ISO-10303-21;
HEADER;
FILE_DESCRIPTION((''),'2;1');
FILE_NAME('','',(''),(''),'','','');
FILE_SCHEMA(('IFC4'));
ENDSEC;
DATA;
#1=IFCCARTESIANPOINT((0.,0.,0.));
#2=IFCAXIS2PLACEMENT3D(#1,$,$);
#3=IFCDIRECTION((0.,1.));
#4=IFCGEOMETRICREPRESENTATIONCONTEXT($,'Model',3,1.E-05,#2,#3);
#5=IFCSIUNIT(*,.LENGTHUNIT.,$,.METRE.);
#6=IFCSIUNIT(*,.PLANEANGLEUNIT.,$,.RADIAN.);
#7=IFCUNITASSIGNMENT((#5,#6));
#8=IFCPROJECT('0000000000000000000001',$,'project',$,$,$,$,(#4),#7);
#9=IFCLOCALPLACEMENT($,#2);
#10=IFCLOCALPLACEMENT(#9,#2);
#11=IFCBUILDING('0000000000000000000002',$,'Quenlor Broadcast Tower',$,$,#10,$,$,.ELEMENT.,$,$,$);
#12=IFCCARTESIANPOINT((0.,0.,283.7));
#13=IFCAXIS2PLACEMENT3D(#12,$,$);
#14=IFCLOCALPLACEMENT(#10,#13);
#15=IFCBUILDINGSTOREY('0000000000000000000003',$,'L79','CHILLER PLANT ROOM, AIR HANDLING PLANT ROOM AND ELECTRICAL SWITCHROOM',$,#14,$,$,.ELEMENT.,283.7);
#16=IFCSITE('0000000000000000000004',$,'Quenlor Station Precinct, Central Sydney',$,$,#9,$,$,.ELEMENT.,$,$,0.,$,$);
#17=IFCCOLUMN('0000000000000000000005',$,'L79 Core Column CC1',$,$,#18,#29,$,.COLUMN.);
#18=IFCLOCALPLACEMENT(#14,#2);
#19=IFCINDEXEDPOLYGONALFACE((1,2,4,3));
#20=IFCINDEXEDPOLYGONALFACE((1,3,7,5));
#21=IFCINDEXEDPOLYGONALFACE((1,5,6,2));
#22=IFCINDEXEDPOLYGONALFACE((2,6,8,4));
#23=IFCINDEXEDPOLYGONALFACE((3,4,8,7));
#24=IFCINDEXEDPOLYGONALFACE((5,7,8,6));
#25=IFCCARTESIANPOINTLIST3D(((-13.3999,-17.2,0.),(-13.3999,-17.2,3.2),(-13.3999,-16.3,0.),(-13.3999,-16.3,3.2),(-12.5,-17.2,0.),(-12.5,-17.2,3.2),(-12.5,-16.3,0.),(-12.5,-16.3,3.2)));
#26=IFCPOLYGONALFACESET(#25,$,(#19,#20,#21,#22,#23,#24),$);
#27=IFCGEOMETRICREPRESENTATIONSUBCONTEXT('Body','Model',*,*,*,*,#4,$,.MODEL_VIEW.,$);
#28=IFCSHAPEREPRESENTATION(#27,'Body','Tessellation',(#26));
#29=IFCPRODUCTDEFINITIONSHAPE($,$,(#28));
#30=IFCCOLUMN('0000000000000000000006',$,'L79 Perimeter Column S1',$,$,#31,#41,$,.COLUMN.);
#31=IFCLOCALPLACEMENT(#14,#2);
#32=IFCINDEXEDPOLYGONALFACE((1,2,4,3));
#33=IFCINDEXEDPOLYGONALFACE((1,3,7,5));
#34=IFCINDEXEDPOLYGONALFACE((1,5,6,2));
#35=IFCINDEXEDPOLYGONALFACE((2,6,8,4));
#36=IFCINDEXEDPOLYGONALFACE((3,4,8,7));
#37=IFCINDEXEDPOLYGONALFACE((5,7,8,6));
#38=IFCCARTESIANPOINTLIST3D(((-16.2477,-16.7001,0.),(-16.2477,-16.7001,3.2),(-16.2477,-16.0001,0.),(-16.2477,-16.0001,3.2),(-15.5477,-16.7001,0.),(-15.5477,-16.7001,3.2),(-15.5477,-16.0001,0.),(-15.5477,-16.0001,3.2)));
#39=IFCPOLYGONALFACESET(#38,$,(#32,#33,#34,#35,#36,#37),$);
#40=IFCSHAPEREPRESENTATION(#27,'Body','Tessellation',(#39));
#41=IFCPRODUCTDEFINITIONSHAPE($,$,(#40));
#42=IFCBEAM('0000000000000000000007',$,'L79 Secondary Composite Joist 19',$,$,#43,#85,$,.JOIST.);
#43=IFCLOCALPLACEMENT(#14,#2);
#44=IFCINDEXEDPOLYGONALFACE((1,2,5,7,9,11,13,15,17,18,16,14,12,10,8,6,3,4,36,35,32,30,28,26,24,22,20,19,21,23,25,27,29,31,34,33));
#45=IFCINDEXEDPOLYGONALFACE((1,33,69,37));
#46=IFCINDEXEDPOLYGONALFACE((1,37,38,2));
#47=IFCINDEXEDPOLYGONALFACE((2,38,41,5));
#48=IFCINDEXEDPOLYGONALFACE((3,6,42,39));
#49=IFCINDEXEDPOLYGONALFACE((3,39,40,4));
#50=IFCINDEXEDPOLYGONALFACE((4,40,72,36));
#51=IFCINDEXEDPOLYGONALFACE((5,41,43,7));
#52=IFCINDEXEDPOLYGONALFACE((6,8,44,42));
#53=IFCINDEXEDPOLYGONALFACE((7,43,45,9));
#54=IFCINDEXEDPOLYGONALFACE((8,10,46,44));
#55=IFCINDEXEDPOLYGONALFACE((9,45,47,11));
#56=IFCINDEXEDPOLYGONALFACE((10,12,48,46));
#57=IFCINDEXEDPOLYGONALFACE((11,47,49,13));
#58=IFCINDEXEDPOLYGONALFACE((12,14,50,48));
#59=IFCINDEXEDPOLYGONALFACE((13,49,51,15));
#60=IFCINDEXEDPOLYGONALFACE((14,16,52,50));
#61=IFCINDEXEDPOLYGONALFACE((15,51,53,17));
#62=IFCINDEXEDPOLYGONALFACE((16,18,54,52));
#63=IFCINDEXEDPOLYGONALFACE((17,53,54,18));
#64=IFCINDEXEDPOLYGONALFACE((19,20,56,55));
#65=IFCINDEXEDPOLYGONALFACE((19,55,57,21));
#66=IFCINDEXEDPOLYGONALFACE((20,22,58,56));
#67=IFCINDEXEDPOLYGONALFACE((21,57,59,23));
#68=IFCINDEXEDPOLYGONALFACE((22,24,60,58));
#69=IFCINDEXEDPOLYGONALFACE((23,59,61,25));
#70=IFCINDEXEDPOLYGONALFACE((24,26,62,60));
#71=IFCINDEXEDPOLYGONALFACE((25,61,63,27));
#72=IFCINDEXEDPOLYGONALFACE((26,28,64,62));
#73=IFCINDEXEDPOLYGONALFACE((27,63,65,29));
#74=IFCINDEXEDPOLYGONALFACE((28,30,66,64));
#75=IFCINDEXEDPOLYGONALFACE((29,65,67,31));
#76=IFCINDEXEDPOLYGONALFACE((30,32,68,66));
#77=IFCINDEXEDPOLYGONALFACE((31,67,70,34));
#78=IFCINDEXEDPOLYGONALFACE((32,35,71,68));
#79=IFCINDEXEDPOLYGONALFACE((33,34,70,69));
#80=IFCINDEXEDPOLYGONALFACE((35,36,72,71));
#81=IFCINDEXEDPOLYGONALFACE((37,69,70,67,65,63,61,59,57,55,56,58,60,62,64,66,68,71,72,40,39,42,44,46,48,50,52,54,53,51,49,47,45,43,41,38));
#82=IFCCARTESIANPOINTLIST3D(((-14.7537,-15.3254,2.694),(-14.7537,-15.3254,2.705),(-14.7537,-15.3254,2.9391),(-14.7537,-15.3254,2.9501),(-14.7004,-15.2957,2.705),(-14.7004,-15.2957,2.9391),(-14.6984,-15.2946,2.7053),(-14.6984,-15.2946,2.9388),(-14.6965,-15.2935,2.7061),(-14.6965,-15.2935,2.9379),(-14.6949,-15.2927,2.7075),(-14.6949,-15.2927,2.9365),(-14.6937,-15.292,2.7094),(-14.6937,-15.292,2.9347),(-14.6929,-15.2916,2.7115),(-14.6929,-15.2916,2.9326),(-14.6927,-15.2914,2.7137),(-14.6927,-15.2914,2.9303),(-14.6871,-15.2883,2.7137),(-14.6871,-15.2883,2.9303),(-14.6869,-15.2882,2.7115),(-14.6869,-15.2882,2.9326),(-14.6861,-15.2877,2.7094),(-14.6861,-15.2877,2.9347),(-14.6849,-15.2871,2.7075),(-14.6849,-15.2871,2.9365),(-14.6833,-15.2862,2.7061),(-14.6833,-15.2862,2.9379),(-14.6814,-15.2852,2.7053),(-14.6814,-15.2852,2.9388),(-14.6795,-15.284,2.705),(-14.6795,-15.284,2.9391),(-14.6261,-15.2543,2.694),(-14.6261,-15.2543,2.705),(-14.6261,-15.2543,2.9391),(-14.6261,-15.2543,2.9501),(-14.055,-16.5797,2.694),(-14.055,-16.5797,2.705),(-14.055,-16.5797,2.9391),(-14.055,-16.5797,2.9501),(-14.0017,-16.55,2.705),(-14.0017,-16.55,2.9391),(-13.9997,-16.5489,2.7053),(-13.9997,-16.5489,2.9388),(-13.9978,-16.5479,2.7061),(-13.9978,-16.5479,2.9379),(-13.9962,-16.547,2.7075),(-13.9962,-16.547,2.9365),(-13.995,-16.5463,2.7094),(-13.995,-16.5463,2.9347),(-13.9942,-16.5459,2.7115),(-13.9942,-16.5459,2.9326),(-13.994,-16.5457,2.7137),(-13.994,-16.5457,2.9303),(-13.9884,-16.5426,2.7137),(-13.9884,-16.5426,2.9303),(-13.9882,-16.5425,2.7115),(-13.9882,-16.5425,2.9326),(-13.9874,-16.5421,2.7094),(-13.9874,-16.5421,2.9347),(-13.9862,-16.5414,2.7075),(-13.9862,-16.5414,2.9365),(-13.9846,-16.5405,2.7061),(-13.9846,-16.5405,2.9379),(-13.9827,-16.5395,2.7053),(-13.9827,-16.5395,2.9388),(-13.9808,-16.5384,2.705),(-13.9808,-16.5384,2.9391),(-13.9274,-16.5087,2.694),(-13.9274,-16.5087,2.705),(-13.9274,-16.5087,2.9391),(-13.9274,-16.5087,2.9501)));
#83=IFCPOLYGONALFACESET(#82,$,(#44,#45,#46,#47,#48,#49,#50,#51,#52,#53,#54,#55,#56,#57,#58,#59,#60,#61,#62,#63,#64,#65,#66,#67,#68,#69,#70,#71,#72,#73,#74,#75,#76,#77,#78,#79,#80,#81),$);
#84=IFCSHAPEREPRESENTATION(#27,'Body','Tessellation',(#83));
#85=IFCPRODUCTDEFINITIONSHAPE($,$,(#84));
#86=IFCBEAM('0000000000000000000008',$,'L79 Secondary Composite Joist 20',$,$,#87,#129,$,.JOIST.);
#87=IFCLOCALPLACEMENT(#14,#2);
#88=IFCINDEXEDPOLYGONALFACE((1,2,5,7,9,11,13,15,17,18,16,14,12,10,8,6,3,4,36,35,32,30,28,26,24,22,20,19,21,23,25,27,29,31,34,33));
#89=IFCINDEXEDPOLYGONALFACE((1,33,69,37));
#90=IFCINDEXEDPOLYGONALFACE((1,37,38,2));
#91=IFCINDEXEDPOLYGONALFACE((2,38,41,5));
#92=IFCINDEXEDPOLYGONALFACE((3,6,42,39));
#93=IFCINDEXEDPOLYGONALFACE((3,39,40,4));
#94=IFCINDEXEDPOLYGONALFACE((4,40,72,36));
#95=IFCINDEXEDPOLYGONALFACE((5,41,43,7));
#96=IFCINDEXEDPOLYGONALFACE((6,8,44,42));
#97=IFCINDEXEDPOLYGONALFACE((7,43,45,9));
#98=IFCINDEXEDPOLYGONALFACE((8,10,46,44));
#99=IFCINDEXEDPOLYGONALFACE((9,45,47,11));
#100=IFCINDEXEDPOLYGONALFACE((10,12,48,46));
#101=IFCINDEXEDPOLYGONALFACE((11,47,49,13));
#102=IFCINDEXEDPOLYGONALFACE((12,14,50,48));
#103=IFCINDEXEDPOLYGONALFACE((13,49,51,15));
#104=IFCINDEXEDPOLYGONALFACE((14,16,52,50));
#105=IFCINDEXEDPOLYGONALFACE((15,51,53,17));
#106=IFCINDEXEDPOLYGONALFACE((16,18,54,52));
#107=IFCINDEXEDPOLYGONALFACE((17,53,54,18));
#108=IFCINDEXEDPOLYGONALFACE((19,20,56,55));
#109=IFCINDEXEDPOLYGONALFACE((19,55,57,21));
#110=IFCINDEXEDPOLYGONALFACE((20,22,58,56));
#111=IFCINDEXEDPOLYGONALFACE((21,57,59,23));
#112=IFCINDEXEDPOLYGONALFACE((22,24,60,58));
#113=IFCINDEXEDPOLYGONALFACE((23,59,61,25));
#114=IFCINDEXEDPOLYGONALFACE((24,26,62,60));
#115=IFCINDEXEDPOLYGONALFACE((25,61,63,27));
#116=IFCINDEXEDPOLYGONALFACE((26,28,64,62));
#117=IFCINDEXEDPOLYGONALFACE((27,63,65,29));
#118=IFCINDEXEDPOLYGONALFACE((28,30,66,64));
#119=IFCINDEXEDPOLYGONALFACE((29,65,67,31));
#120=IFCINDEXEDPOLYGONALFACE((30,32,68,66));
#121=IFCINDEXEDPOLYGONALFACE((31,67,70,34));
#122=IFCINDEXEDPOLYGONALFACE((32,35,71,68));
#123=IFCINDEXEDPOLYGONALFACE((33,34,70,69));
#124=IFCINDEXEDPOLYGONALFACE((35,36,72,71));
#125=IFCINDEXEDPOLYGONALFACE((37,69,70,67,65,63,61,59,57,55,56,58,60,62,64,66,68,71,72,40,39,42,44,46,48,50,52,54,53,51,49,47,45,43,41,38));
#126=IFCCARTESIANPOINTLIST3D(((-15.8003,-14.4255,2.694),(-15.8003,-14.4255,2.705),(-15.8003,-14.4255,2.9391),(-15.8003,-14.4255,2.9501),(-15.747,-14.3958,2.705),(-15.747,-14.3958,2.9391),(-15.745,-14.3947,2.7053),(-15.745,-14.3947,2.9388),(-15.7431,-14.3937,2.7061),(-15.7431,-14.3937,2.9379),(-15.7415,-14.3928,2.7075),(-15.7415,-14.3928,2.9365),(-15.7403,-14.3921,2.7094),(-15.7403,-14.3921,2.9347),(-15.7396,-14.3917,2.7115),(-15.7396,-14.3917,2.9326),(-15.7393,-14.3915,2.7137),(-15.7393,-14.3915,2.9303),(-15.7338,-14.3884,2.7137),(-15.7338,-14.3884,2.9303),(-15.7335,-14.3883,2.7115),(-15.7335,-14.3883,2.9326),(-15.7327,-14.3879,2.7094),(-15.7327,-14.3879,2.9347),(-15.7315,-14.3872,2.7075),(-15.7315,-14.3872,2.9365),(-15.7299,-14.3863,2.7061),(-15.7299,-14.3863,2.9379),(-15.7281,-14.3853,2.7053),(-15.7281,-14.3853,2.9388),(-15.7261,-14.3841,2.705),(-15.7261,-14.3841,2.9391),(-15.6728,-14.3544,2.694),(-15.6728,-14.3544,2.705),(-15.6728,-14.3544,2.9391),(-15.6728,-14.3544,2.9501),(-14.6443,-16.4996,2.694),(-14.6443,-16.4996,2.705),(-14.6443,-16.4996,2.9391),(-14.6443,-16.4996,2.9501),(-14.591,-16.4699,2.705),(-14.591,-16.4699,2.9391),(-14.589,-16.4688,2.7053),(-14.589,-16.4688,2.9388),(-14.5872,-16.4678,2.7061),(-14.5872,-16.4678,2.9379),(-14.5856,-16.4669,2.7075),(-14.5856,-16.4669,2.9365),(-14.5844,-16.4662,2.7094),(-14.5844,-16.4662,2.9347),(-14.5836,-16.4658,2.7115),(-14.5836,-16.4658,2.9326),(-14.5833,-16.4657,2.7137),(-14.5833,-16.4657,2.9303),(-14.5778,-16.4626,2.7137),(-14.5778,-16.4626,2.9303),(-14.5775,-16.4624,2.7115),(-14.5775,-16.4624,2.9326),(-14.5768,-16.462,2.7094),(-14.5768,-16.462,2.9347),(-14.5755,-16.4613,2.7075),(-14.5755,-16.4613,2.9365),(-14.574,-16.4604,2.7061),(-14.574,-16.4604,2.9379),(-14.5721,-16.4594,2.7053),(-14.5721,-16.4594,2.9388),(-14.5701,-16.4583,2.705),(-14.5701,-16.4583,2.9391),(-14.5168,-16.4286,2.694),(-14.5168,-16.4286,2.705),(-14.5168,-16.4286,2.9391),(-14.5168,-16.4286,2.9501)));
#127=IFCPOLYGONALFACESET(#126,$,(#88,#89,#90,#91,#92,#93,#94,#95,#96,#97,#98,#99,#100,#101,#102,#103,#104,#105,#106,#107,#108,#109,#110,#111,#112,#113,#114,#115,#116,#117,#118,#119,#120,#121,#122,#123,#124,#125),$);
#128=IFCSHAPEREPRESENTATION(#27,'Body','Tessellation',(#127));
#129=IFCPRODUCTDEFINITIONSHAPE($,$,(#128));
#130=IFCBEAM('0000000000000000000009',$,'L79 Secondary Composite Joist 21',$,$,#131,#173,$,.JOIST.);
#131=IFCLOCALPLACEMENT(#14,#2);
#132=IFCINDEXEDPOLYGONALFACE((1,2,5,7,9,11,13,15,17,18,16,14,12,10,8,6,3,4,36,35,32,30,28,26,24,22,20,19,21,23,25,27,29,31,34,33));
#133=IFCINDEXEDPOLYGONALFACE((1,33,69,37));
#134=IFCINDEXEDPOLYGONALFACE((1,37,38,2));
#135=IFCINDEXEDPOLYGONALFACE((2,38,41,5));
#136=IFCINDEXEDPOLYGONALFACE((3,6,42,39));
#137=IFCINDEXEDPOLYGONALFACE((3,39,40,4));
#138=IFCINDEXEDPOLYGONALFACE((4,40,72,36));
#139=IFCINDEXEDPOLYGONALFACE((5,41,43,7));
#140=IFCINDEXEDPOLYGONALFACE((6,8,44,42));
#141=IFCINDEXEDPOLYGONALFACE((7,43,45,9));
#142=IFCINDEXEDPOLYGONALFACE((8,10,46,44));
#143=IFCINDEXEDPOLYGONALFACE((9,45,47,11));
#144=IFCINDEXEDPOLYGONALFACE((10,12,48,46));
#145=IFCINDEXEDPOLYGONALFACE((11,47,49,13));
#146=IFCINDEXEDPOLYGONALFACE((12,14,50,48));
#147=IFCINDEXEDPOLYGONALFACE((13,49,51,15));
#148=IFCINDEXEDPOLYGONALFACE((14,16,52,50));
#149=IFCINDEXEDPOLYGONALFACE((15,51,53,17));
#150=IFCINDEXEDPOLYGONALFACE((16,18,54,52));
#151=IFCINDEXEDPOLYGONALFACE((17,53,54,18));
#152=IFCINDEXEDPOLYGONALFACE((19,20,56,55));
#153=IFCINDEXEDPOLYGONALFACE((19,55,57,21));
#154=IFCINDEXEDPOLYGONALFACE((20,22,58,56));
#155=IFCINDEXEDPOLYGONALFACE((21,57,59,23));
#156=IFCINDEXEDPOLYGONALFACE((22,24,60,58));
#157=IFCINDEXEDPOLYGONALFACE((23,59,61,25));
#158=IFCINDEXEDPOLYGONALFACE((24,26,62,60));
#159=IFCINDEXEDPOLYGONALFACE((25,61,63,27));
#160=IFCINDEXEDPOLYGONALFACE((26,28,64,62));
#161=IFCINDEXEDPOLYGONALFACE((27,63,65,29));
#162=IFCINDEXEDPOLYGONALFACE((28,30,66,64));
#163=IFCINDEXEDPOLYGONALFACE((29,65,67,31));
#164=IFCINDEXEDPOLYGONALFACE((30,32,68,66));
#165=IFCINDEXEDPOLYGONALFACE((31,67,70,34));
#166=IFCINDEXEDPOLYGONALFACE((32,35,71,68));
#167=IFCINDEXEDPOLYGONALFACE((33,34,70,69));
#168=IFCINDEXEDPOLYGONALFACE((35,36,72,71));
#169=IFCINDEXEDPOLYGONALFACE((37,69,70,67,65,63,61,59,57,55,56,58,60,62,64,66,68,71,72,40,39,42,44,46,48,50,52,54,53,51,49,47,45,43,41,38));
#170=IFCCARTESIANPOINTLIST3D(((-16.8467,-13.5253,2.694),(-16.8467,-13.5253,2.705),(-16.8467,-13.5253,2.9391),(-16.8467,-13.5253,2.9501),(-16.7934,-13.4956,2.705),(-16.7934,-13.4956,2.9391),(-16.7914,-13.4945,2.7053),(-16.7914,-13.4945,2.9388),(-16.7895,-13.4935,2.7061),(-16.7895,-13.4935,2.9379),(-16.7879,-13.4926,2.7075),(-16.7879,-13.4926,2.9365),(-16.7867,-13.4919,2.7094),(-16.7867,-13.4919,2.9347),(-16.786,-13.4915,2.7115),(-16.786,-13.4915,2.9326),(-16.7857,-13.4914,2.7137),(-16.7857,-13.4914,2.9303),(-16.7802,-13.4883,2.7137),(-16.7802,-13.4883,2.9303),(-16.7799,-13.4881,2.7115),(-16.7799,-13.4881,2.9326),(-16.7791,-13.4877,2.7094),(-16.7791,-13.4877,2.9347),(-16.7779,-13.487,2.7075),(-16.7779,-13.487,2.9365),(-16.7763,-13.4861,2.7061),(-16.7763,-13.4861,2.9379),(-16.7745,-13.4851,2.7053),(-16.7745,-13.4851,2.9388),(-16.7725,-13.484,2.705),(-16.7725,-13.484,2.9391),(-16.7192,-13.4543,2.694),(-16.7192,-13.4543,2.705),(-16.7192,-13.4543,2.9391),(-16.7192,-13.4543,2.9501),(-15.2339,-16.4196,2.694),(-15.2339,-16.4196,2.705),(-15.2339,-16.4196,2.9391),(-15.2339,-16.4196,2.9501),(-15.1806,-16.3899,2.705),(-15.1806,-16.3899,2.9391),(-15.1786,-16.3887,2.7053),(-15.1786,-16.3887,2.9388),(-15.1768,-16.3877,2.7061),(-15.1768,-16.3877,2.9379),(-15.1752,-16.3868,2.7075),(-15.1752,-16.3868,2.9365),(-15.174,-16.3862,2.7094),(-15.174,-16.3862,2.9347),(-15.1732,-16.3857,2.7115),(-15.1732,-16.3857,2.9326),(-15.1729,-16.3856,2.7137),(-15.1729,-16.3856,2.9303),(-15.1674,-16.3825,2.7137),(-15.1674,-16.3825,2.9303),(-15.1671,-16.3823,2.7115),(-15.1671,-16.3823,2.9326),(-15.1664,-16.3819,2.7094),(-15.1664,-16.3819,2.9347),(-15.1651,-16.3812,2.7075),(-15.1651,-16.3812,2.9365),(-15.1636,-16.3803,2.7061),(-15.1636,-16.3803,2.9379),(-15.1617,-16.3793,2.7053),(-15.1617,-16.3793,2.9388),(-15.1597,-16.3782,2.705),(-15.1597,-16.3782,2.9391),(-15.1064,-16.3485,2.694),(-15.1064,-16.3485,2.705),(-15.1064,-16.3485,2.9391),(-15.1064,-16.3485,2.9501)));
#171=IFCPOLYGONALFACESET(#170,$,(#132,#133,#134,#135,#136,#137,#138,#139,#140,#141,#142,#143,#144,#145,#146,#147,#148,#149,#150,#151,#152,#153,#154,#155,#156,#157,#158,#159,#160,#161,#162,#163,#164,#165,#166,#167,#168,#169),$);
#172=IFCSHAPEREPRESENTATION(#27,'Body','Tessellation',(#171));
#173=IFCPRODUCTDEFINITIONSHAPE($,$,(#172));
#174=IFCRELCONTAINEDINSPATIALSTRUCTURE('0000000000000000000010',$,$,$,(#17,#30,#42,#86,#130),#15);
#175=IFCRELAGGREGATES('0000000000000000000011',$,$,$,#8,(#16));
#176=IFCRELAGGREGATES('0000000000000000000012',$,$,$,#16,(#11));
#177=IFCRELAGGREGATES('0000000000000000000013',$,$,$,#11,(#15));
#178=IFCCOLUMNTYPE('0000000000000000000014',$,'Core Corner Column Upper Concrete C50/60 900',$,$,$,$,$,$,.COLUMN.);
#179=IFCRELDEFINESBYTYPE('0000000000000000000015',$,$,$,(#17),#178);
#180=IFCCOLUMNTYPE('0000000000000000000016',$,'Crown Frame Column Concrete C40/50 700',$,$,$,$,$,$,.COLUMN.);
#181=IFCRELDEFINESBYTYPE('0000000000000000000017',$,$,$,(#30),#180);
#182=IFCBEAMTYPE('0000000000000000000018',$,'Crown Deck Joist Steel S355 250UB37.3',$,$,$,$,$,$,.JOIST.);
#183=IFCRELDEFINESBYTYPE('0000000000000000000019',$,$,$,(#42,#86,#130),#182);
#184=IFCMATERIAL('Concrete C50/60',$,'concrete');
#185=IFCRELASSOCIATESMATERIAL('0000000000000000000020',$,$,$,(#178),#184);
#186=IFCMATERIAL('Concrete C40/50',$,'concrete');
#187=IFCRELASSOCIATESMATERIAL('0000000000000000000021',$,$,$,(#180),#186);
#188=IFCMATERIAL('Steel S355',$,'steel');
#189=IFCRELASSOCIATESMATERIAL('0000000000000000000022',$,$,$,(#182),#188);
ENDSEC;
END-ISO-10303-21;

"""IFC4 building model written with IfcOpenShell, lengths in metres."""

from ifc_helpers import new_model, si_unit, direction, frame, origin, origin_2d, place, context, subcontext, project, spatial, rectangle, i_section, extrude, material, material_profile, profile_set, type_object, element, save


model = new_model("IFC4")

# Units and contexts
model_context = context("Model", 3, precision=1e-05, world=origin(), true_north=direction((0.0, 1.0)))
body_context = subcontext(model_context, "Body", "Model", "MODEL_VIEW")
ifc_project = project(units=[si_unit("LENGTHUNIT", "METRE"), si_unit("PLANEANGLEUNIT", "RADIAN")], contexts=[model_context])

# Site, building, storey
site_placement = place(None, origin())
site = spatial("IfcSite", under=ifc_project, at=site_placement, Name="Quenlor Station Precinct, Central Sydney", CompositionType="ELEMENT", RefElevation=0.0)
building_placement = place(site_placement, origin())
building = spatial("IfcBuilding", under=site, at=building_placement, Name="Quenlor Broadcast Tower", CompositionType="ELEMENT")
storey_placement = place(building_placement, frame((0.0, 0.0, 283.7)))
storey = spatial("IfcBuildingStorey", under=building, at=storey_placement, Name="L79", Description="CHILLER PLANT ROOM, AIR HANDLING PLANT ROOM AND ELECTRICAL SWITCHROOM", CompositionType="ELEMENT", Elevation=283.7)

# Columns
ifc_material_1 = material(Name="Concrete C50/60", Category="concrete")
ifc_material_profile_1 = material_profile(ifc_material_1, rectangle(XDim=0.8999, YDim=0.8999, at=origin_2d()))
ifc_profile_set_1 = profile_set([ifc_material_profile_1], Name="Concrete C50/60 RC900x900")
column_type_1 = type_object("IfcColumnType", Name="Core Corner Column Upper Concrete C50/60 900", PredefinedType="COLUMN", material=ifc_profile_set_1)
column_1_placement = place(storey_placement, frame((-12.95, -16.75, 0.0), z_axis=(0.0, 0.0, 1.0), x_axis=(1.0, 0.0, 0.0)))
element("IfcColumn", 1, at=column_1_placement, inside=storey, type_object=column_type_1, Name="L79 Core Column CC1", PredefinedType="COLUMN", context=body_context, shape_type="SweptSolid", body=[
    extrude(rectangle(XDim=0.8999, YDim=0.8999, at=origin_2d()), origin(), (0.0, 0.0, 1.0), 3.2),
])
ifc_material_2 = material(Name="Concrete C40/50", Category="concrete")
ifc_material_profile_2 = material_profile(ifc_material_2, rectangle(XDim=0.7, YDim=0.7, at=origin_2d()))
ifc_profile_set_2 = profile_set([ifc_material_profile_2], Name="Concrete C40/50 RC700x700")
column_type_2 = type_object("IfcColumnType", Name="Crown Frame Column Concrete C40/50 700", PredefinedType="COLUMN", material=ifc_profile_set_2)
column_2_placement = place(storey_placement, frame((-15.8977, -16.3501, 0.0), z_axis=(0.0, 0.0, 1.0), x_axis=(0.0, 1.0, 0.0)))
element("IfcColumn", 2, at=column_2_placement, inside=storey, type_object=column_type_2, Name="L79 Perimeter Column S1", PredefinedType="COLUMN", context=body_context, shape_type="SweptSolid", body=[
    extrude(rectangle(XDim=0.7, YDim=0.7, at=origin_2d()), origin(), (0.0, 0.0, 1.0), 3.2),
])

# Beams
ifc_material_3 = material(Name="Steel S355", Category="steel")
ifc_material_profile_3 = material_profile(ifc_material_3, i_section(OverallWidth=0.146, OverallDepth=0.2561, WebThickness=0.0063, FlangeThickness=0.011, FilletRadius=0.0088, at=origin_2d()))
ifc_profile_set_3 = profile_set([ifc_material_profile_3], Name="Steel S355 250UB37.3")
beam_type_1 = type_object("IfcBeamType", Name="Crown Deck Joist Steel S355 250UB37.3", PredefinedType="JOIST", material=ifc_profile_set_3)
beam_1_placement = place(storey_placement, frame((-13.9912, -16.5442, 2.822), z_axis=(-0.486624, 0.873611, 0.0), x_axis=(-0.873611, -0.486624, 0.0)))
element("IfcBeam", 3, at=beam_1_placement, inside=storey, type_object=beam_type_1, Name="L79 Secondary Composite Joist 19", PredefinedType="JOIST", context=body_context, shape_type="SweptSolid", body=[
    extrude(i_section(OverallWidth=0.146, OverallDepth=0.2561, WebThickness=0.0063, FlangeThickness=0.011, FilletRadius=0.0088, at=origin_2d()), origin(), (0.0, 0.0, 1.0), 1.4358),
])
beam_2_placement = place(storey_placement, frame((-14.5806, -16.4641, 2.822), z_axis=(-0.486821, 0.873502, 0.0), x_axis=(-0.873502, -0.486821, 0.0)))
element("IfcBeam", 4, at=beam_2_placement, inside=storey, type_object=beam_type_1, Name="L79 Secondary Composite Joist 20", PredefinedType="JOIST", context=body_context, shape_type="SweptSolid", body=[
    extrude(i_section(OverallWidth=0.146, OverallDepth=0.2561, WebThickness=0.0063, FlangeThickness=0.011, FilletRadius=0.0088, at=origin_2d()), origin(), (0.0, 0.0, 1.0), 2.3745),
])
beam_3_placement = place(storey_placement, frame((-15.1702, -16.384, 2.822), z_axis=(-0.486762, 0.873534, 0.0), x_axis=(-0.873534, -0.486762, 0.0)))
element("IfcBeam", 5, at=beam_3_placement, inside=storey, type_object=beam_type_1, Name="L79 Secondary Composite Joist 21", PredefinedType="JOIST", context=body_context, shape_type="SweptSolid", body=[
    extrude(i_section(OverallWidth=0.146, OverallDepth=0.2561, WebThickness=0.0063, FlangeThickness=0.011, FilletRadius=0.0088, at=origin_2d()), origin(), (0.0, 0.0, 1.0), 3.3132),
])

save(model, "model.ifc")
